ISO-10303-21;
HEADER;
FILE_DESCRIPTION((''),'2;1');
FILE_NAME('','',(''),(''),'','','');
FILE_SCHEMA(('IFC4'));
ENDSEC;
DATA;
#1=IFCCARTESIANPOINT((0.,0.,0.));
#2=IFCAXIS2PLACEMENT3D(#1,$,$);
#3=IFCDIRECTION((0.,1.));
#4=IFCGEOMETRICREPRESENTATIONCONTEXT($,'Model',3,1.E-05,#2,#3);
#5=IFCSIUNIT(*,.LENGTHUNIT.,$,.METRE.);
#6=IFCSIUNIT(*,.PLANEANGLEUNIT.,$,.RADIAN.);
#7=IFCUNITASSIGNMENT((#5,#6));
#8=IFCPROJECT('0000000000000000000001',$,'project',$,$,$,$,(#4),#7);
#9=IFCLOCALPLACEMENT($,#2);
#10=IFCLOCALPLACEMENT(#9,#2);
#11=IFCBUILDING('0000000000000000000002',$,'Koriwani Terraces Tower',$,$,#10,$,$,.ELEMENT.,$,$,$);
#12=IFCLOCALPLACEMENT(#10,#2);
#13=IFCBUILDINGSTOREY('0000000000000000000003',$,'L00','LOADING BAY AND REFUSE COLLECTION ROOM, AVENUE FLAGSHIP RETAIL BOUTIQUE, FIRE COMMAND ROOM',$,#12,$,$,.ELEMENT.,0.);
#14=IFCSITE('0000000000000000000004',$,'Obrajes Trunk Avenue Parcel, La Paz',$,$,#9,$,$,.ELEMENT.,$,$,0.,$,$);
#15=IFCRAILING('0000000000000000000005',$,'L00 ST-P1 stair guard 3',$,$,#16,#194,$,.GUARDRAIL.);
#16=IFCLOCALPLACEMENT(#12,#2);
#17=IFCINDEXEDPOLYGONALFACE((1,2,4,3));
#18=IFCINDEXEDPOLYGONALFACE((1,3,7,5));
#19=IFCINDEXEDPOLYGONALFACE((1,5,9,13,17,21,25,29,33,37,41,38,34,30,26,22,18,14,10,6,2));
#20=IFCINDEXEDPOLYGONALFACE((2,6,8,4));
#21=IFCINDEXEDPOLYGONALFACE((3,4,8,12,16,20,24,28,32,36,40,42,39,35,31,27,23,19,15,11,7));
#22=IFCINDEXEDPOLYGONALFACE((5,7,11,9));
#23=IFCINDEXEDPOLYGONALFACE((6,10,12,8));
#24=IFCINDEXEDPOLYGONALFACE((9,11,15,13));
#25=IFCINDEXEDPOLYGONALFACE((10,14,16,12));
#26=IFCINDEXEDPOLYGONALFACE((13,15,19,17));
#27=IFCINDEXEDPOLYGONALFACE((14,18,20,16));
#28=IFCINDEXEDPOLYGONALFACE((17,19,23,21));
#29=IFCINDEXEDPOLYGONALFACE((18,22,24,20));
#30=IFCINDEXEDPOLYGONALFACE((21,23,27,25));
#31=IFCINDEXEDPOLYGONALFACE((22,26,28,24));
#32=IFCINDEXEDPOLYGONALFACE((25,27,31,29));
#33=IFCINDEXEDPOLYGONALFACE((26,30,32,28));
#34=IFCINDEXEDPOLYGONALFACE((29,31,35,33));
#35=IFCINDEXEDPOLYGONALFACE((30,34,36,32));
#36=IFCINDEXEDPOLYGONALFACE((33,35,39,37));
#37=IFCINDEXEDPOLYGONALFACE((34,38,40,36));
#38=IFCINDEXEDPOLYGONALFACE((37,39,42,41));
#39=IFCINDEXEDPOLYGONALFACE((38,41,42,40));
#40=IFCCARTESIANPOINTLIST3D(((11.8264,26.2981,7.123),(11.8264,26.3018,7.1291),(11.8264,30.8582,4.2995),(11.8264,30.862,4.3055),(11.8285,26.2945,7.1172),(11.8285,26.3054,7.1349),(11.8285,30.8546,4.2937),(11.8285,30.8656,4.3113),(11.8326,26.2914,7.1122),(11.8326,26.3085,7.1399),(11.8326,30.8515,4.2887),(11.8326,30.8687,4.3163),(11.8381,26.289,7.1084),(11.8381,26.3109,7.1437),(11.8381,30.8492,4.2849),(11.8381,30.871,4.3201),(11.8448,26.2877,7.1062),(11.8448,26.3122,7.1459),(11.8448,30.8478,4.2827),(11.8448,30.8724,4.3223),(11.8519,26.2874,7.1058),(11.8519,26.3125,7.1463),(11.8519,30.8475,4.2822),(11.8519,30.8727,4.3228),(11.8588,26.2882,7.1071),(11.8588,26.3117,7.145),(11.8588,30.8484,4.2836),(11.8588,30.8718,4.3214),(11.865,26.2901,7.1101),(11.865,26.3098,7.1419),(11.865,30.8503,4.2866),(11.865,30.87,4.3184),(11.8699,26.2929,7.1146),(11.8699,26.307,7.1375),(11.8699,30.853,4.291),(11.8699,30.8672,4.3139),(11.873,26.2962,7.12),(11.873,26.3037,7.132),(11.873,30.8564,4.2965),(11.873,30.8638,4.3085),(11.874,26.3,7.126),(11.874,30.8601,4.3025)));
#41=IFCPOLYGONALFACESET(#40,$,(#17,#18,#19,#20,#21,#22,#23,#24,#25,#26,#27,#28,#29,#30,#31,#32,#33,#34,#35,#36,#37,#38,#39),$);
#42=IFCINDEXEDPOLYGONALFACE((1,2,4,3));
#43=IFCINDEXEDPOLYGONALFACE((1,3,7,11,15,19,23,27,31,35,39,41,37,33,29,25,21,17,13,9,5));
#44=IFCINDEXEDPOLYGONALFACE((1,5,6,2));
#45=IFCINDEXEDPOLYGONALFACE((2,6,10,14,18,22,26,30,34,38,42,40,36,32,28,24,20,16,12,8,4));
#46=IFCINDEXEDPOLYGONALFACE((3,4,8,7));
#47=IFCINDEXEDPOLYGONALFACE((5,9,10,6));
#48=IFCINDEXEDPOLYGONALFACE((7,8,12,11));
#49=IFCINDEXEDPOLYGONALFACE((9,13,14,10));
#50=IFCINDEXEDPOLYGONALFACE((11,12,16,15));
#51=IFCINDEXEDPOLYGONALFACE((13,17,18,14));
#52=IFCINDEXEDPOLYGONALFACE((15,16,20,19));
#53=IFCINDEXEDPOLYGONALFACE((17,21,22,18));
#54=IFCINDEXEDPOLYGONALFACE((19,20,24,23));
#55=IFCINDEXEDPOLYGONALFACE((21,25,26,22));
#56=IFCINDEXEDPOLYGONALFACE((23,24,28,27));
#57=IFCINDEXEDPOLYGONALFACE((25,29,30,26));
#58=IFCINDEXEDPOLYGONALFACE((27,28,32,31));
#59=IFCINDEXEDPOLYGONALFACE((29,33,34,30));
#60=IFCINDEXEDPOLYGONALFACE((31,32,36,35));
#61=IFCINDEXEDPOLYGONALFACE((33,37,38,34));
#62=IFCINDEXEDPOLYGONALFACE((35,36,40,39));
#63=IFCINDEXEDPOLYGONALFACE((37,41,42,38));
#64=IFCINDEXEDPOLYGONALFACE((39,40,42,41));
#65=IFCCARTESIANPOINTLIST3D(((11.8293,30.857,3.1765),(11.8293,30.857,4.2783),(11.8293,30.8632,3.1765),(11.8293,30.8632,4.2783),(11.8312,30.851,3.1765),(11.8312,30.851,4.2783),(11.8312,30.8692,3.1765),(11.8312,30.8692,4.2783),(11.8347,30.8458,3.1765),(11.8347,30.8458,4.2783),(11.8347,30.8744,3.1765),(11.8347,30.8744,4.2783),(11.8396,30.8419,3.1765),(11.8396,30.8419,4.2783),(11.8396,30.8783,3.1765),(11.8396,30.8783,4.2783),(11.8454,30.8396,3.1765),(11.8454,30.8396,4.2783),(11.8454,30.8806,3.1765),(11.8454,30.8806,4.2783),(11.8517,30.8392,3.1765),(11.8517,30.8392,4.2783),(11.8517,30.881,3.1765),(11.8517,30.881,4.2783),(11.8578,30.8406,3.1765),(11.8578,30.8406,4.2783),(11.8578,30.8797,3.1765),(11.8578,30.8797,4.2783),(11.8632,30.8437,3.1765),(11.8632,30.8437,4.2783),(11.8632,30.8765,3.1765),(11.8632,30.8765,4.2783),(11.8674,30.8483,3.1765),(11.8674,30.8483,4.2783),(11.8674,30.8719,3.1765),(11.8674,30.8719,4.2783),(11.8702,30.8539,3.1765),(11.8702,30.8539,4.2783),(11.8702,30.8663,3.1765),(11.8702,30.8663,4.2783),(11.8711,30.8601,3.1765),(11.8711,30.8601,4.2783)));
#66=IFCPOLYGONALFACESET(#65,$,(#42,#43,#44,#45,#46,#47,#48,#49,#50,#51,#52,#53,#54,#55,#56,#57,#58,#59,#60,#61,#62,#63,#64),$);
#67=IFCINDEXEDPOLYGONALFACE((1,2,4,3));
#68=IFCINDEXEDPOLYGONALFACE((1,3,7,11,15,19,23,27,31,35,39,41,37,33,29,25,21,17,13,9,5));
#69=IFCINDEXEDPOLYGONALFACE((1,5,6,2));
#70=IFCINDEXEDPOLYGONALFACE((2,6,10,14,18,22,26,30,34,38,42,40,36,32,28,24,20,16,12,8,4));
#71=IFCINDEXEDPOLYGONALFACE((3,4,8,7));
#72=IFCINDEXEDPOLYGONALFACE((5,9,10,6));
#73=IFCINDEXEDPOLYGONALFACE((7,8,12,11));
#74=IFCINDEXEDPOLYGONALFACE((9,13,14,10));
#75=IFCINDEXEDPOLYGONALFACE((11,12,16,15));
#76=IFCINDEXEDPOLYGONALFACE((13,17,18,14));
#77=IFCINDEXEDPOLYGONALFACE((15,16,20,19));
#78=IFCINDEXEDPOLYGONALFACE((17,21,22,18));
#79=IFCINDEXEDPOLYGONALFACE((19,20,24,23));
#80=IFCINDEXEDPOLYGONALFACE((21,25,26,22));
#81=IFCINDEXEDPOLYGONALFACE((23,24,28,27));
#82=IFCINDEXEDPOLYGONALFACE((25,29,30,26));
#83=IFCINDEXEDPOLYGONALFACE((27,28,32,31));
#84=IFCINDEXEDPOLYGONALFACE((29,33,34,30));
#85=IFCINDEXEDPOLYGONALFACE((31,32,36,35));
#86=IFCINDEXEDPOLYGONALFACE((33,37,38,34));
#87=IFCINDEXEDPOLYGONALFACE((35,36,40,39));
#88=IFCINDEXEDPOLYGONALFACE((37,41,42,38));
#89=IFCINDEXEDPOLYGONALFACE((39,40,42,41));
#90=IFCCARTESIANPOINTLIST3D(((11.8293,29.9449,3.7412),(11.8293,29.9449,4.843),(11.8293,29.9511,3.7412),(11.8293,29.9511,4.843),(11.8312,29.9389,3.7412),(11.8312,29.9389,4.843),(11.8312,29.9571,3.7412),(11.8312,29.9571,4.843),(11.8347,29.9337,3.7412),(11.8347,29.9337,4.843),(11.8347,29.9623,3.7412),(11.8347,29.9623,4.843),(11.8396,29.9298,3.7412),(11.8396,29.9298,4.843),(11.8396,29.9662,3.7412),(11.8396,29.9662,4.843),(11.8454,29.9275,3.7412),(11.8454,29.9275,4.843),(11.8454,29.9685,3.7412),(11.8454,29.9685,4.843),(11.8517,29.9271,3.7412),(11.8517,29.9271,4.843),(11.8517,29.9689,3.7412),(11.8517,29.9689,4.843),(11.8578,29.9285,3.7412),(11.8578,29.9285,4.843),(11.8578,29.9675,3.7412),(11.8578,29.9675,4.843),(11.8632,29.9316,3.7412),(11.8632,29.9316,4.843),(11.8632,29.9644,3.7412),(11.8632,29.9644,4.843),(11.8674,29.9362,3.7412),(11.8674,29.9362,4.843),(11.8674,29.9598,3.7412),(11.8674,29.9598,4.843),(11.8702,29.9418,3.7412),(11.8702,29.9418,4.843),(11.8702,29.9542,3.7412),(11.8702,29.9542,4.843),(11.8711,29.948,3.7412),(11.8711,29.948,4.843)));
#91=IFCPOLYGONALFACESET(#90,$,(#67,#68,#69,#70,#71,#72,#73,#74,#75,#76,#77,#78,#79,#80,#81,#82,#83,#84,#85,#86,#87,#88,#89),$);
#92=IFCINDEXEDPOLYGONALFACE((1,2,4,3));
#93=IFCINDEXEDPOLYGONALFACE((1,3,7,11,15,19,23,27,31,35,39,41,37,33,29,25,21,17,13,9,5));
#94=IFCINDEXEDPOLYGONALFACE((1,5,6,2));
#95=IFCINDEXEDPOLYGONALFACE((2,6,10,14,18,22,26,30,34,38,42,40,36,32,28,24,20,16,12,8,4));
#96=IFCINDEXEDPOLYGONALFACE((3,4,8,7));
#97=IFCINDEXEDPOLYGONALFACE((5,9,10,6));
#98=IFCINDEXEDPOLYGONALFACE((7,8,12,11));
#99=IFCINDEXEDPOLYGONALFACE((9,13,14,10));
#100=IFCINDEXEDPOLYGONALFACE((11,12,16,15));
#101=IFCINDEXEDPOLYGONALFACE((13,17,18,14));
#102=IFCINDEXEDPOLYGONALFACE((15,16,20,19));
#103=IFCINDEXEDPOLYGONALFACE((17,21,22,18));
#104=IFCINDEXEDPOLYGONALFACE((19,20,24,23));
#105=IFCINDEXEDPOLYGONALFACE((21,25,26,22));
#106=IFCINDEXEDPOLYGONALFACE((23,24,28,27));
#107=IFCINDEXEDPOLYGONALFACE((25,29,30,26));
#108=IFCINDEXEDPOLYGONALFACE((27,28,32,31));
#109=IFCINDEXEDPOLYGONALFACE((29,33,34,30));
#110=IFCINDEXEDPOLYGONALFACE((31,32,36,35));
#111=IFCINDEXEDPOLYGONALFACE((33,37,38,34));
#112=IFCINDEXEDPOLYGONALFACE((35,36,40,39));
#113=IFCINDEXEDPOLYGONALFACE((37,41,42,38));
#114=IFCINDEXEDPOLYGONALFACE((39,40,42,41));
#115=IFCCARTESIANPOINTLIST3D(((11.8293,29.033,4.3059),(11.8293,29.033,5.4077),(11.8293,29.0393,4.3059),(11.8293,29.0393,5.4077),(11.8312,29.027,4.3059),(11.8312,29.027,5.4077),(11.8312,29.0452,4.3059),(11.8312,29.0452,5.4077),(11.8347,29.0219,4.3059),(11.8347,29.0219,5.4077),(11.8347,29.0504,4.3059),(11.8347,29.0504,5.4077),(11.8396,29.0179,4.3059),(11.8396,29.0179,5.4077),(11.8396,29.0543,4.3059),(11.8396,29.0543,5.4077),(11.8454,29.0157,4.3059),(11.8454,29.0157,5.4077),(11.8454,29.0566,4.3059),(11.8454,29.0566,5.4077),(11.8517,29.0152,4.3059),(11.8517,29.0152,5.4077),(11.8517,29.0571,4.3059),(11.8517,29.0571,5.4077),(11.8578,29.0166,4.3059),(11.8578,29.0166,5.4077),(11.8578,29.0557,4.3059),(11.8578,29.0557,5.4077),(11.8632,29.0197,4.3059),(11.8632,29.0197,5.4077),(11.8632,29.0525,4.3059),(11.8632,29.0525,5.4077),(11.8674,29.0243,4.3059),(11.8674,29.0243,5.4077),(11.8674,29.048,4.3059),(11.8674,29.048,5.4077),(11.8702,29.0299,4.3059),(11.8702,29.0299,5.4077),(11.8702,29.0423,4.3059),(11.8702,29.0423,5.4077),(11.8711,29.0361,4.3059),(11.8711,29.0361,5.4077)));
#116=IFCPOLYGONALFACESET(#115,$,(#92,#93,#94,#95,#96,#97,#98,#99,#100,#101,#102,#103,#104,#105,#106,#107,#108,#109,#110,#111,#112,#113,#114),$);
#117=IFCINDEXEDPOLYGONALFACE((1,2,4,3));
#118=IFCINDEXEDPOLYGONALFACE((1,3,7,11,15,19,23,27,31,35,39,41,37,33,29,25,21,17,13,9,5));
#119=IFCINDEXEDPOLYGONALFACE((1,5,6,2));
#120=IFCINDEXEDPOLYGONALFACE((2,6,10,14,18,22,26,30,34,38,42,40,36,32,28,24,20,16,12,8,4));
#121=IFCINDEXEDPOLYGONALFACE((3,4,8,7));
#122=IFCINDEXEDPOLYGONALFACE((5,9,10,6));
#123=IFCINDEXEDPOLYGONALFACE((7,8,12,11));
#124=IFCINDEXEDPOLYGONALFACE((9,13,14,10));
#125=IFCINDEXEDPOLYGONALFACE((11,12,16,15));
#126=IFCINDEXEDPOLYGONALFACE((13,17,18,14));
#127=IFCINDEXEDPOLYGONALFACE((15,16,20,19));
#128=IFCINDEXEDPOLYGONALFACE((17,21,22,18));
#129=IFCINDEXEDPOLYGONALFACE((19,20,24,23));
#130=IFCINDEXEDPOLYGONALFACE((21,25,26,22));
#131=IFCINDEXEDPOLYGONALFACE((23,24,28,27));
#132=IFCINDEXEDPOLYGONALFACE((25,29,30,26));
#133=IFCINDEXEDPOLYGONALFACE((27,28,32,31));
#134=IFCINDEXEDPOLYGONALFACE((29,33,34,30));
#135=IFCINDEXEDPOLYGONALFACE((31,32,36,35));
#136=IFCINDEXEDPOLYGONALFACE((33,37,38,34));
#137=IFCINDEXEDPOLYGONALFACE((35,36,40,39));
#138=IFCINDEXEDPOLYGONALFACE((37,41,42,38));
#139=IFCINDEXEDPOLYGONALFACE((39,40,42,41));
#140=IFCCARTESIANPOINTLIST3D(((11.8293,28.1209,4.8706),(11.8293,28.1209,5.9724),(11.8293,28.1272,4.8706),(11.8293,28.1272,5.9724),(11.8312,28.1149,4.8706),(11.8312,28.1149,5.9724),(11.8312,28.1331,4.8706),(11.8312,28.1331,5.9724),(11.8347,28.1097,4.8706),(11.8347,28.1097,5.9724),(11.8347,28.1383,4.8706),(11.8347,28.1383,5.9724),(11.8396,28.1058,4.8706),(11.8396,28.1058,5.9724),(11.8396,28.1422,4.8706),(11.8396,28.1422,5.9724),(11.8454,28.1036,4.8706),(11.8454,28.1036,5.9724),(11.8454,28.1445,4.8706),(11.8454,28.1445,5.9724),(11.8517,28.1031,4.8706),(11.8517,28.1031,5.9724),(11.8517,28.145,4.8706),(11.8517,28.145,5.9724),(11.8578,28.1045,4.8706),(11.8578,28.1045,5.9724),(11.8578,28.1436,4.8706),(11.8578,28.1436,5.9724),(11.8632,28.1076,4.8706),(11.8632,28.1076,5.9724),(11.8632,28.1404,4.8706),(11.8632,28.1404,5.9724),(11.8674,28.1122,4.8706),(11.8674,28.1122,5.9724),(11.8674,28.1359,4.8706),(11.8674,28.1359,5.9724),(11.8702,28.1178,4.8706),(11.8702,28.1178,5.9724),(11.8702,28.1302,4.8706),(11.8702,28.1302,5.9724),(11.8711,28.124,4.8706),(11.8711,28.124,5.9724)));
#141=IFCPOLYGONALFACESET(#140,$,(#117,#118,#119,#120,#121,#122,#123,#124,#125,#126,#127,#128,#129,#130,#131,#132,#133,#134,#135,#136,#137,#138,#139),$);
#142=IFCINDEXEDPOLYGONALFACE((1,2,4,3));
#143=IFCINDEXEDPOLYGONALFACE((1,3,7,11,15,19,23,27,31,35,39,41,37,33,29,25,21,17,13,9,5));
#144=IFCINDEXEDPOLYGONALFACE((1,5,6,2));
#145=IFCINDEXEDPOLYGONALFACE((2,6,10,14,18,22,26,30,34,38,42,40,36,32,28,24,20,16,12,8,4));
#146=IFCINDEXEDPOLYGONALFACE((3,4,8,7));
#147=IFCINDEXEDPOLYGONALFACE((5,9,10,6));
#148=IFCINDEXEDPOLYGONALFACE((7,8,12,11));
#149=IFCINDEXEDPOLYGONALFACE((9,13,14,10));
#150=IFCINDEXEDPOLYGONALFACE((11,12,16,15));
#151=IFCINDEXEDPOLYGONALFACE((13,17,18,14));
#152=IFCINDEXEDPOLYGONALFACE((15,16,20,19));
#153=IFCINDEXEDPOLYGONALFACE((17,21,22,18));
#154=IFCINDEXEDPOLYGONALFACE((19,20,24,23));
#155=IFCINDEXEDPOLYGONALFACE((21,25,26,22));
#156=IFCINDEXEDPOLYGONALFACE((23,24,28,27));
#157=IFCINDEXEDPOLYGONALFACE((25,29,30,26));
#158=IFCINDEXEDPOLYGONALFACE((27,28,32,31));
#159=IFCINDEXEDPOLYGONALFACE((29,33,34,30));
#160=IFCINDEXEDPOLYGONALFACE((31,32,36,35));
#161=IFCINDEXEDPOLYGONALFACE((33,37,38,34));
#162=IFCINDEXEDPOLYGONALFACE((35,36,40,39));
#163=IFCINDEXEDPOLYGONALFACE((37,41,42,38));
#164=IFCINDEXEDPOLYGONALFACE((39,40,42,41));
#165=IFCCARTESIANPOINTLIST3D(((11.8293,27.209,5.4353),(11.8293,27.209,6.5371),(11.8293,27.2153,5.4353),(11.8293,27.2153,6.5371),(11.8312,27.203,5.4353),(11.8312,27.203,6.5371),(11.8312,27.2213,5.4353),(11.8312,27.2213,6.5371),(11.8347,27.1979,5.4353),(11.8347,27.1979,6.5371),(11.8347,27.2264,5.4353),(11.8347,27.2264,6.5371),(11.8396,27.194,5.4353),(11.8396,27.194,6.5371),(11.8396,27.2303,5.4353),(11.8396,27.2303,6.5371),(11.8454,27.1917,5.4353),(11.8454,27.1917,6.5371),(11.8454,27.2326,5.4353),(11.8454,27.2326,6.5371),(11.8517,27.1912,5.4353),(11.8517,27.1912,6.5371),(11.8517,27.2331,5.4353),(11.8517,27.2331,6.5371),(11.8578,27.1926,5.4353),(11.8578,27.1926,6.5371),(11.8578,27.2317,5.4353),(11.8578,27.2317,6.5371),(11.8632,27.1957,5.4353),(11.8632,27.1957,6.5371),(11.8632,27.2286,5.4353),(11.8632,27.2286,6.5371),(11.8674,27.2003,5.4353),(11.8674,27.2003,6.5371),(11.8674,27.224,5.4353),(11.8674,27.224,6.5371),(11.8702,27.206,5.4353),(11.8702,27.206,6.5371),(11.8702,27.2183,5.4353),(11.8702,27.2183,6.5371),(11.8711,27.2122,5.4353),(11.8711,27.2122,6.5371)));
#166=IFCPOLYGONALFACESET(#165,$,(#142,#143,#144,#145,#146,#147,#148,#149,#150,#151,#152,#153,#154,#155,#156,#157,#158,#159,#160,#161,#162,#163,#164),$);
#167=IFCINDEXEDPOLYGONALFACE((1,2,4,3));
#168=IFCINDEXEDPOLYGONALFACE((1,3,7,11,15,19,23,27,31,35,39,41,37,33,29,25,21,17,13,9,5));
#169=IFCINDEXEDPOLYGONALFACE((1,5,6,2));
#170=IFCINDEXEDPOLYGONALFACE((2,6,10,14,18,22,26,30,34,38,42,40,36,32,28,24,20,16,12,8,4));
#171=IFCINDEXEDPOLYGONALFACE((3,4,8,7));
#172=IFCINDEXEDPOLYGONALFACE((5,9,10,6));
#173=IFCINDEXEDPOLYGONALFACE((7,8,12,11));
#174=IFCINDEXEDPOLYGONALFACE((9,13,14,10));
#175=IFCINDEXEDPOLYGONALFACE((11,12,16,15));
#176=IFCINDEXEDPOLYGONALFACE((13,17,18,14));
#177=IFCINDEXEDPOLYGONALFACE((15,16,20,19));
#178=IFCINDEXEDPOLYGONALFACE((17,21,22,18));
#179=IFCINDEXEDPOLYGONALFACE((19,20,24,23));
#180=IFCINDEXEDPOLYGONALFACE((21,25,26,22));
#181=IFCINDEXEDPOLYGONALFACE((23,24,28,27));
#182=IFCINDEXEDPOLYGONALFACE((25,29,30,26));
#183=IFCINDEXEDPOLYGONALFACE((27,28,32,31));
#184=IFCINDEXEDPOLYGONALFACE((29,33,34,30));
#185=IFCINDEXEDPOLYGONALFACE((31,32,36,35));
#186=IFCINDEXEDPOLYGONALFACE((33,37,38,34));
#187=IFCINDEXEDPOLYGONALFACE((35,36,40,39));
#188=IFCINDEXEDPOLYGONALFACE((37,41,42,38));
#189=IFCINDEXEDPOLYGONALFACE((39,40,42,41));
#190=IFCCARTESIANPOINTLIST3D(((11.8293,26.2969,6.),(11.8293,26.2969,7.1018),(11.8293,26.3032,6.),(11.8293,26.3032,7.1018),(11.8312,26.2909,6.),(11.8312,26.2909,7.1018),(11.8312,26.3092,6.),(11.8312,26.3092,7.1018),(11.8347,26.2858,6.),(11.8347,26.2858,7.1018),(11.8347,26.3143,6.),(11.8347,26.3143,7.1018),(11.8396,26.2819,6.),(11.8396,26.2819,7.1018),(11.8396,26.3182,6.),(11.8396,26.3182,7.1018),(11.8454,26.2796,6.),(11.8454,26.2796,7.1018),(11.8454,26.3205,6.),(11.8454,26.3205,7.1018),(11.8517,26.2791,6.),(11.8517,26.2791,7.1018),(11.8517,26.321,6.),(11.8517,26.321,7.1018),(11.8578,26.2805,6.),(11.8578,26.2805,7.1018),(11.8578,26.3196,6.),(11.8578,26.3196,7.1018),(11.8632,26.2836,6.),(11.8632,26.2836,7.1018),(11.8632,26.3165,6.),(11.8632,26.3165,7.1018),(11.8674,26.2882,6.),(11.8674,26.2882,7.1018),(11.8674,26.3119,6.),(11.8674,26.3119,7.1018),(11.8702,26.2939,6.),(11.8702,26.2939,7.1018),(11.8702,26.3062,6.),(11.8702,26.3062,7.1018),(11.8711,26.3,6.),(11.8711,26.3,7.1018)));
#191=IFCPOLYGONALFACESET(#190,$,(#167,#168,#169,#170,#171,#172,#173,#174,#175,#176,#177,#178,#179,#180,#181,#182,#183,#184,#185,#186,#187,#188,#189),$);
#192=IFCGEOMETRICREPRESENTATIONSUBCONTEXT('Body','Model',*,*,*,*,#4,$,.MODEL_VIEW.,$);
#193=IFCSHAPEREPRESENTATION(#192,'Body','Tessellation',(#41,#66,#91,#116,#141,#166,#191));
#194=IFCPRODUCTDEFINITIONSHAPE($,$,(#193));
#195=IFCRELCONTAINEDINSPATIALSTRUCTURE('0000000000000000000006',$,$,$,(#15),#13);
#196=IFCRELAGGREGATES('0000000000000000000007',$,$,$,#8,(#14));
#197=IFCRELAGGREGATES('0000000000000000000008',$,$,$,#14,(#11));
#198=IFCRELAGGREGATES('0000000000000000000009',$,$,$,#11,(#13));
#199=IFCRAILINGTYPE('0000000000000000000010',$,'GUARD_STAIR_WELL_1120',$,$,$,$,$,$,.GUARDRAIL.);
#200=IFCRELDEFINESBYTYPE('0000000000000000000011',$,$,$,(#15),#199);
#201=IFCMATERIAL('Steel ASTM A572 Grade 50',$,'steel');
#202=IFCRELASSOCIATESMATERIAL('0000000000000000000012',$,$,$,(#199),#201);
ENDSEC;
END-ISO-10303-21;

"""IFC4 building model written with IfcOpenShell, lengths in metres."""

from ifc_helpers import new_model, si_unit, direction, frame, origin, origin_2d, place, context, subcontext, project, spatial, circle, extrude, material, type_object, element, save


model = new_model("IFC4")

# Units and contexts
model_context = context("Model", 3, precision=1e-05, world=origin(), true_north=direction((0.0, 1.0)))
body_context = subcontext(model_context, "Body", "Model", "MODEL_VIEW")
ifc_project = project(units=[si_unit("LENGTHUNIT", "METRE"), si_unit("PLANEANGLEUNIT", "RADIAN")], contexts=[model_context])

# Site, building, storey
site_placement = place(None, origin())
site = spatial("IfcSite", under=ifc_project, at=site_placement, Name="Obrajes Trunk Avenue Parcel, La Paz", CompositionType="ELEMENT", RefElevation=0.0)
building_placement = place(site_placement, origin())
building = spatial("IfcBuilding", under=site, at=building_placement, Name="Koriwani Terraces Tower", CompositionType="ELEMENT")
storey_placement = place(building_placement, origin())
storey = spatial("IfcBuildingStorey", under=building, at=storey_placement, Name="L00", Description="LOADING BAY AND REFUSE COLLECTION ROOM, AVENUE FLAGSHIP RETAIL BOUTIQUE, FIRE COMMAND ROOM", CompositionType="ELEMENT", Elevation=0.0)

# Shared definitions
ifc_material_1 = material(Name="Steel ASTM A572 Grade 50", Category="steel")

# Railing
railing_type_1 = type_object("IfcRailingType", Name="GUARD_STAIR_WELL_1120", PredefinedType="GUARDRAIL", material=ifc_material_1)
railing_1_placement = place(storey_placement, frame((11.8501, 30.8601, 3.1765)))
element("IfcRailing", 1, at=railing_1_placement, inside=storey, type_object=railing_type_1, Name="L00 ST-P1 stair guard 3", PredefinedType="GUARDRAIL", context=body_context, shape_type="SweptSolid", body=[
    extrude(circle(Radius=0.0239, at=origin_2d()), frame((0.0, 0.0, 1.126), z_axis=(0.0, -0.850216, 0.526435), x_axis=(1.0, 0.0, 0.0)), (0.0, 0.0, 1.0), 5.3635),
    extrude(circle(Radius=0.021, at=origin_2d()), origin(), (0.0, 0.0, 1.0), 1.1018),
    extrude(circle(Radius=0.021, at=origin_2d()), frame((0.0, -0.9121, 0.5647)), (0.0, 0.0, 1.0), 1.1018),
    extrude(circle(Radius=0.021, at=origin_2d()), frame((0.0, -1.824, 1.1294)), (0.0, 0.0, 1.0), 1.1018),
    extrude(circle(Radius=0.021, at=origin_2d()), frame((0.0, -2.7361, 1.6941)), (0.0, 0.0, 1.0), 1.1018),
    extrude(circle(Radius=0.021, at=origin_2d()), frame((0.0, -3.6479, 2.2588)), (0.0, 0.0, 1.0), 1.1018),
    extrude(circle(Radius=0.021, at=origin_2d()), frame((0.0, -4.5601, 2.8235)), (0.0, 0.0, 1.0), 1.1018),
])

save(model, "model.ifc")
